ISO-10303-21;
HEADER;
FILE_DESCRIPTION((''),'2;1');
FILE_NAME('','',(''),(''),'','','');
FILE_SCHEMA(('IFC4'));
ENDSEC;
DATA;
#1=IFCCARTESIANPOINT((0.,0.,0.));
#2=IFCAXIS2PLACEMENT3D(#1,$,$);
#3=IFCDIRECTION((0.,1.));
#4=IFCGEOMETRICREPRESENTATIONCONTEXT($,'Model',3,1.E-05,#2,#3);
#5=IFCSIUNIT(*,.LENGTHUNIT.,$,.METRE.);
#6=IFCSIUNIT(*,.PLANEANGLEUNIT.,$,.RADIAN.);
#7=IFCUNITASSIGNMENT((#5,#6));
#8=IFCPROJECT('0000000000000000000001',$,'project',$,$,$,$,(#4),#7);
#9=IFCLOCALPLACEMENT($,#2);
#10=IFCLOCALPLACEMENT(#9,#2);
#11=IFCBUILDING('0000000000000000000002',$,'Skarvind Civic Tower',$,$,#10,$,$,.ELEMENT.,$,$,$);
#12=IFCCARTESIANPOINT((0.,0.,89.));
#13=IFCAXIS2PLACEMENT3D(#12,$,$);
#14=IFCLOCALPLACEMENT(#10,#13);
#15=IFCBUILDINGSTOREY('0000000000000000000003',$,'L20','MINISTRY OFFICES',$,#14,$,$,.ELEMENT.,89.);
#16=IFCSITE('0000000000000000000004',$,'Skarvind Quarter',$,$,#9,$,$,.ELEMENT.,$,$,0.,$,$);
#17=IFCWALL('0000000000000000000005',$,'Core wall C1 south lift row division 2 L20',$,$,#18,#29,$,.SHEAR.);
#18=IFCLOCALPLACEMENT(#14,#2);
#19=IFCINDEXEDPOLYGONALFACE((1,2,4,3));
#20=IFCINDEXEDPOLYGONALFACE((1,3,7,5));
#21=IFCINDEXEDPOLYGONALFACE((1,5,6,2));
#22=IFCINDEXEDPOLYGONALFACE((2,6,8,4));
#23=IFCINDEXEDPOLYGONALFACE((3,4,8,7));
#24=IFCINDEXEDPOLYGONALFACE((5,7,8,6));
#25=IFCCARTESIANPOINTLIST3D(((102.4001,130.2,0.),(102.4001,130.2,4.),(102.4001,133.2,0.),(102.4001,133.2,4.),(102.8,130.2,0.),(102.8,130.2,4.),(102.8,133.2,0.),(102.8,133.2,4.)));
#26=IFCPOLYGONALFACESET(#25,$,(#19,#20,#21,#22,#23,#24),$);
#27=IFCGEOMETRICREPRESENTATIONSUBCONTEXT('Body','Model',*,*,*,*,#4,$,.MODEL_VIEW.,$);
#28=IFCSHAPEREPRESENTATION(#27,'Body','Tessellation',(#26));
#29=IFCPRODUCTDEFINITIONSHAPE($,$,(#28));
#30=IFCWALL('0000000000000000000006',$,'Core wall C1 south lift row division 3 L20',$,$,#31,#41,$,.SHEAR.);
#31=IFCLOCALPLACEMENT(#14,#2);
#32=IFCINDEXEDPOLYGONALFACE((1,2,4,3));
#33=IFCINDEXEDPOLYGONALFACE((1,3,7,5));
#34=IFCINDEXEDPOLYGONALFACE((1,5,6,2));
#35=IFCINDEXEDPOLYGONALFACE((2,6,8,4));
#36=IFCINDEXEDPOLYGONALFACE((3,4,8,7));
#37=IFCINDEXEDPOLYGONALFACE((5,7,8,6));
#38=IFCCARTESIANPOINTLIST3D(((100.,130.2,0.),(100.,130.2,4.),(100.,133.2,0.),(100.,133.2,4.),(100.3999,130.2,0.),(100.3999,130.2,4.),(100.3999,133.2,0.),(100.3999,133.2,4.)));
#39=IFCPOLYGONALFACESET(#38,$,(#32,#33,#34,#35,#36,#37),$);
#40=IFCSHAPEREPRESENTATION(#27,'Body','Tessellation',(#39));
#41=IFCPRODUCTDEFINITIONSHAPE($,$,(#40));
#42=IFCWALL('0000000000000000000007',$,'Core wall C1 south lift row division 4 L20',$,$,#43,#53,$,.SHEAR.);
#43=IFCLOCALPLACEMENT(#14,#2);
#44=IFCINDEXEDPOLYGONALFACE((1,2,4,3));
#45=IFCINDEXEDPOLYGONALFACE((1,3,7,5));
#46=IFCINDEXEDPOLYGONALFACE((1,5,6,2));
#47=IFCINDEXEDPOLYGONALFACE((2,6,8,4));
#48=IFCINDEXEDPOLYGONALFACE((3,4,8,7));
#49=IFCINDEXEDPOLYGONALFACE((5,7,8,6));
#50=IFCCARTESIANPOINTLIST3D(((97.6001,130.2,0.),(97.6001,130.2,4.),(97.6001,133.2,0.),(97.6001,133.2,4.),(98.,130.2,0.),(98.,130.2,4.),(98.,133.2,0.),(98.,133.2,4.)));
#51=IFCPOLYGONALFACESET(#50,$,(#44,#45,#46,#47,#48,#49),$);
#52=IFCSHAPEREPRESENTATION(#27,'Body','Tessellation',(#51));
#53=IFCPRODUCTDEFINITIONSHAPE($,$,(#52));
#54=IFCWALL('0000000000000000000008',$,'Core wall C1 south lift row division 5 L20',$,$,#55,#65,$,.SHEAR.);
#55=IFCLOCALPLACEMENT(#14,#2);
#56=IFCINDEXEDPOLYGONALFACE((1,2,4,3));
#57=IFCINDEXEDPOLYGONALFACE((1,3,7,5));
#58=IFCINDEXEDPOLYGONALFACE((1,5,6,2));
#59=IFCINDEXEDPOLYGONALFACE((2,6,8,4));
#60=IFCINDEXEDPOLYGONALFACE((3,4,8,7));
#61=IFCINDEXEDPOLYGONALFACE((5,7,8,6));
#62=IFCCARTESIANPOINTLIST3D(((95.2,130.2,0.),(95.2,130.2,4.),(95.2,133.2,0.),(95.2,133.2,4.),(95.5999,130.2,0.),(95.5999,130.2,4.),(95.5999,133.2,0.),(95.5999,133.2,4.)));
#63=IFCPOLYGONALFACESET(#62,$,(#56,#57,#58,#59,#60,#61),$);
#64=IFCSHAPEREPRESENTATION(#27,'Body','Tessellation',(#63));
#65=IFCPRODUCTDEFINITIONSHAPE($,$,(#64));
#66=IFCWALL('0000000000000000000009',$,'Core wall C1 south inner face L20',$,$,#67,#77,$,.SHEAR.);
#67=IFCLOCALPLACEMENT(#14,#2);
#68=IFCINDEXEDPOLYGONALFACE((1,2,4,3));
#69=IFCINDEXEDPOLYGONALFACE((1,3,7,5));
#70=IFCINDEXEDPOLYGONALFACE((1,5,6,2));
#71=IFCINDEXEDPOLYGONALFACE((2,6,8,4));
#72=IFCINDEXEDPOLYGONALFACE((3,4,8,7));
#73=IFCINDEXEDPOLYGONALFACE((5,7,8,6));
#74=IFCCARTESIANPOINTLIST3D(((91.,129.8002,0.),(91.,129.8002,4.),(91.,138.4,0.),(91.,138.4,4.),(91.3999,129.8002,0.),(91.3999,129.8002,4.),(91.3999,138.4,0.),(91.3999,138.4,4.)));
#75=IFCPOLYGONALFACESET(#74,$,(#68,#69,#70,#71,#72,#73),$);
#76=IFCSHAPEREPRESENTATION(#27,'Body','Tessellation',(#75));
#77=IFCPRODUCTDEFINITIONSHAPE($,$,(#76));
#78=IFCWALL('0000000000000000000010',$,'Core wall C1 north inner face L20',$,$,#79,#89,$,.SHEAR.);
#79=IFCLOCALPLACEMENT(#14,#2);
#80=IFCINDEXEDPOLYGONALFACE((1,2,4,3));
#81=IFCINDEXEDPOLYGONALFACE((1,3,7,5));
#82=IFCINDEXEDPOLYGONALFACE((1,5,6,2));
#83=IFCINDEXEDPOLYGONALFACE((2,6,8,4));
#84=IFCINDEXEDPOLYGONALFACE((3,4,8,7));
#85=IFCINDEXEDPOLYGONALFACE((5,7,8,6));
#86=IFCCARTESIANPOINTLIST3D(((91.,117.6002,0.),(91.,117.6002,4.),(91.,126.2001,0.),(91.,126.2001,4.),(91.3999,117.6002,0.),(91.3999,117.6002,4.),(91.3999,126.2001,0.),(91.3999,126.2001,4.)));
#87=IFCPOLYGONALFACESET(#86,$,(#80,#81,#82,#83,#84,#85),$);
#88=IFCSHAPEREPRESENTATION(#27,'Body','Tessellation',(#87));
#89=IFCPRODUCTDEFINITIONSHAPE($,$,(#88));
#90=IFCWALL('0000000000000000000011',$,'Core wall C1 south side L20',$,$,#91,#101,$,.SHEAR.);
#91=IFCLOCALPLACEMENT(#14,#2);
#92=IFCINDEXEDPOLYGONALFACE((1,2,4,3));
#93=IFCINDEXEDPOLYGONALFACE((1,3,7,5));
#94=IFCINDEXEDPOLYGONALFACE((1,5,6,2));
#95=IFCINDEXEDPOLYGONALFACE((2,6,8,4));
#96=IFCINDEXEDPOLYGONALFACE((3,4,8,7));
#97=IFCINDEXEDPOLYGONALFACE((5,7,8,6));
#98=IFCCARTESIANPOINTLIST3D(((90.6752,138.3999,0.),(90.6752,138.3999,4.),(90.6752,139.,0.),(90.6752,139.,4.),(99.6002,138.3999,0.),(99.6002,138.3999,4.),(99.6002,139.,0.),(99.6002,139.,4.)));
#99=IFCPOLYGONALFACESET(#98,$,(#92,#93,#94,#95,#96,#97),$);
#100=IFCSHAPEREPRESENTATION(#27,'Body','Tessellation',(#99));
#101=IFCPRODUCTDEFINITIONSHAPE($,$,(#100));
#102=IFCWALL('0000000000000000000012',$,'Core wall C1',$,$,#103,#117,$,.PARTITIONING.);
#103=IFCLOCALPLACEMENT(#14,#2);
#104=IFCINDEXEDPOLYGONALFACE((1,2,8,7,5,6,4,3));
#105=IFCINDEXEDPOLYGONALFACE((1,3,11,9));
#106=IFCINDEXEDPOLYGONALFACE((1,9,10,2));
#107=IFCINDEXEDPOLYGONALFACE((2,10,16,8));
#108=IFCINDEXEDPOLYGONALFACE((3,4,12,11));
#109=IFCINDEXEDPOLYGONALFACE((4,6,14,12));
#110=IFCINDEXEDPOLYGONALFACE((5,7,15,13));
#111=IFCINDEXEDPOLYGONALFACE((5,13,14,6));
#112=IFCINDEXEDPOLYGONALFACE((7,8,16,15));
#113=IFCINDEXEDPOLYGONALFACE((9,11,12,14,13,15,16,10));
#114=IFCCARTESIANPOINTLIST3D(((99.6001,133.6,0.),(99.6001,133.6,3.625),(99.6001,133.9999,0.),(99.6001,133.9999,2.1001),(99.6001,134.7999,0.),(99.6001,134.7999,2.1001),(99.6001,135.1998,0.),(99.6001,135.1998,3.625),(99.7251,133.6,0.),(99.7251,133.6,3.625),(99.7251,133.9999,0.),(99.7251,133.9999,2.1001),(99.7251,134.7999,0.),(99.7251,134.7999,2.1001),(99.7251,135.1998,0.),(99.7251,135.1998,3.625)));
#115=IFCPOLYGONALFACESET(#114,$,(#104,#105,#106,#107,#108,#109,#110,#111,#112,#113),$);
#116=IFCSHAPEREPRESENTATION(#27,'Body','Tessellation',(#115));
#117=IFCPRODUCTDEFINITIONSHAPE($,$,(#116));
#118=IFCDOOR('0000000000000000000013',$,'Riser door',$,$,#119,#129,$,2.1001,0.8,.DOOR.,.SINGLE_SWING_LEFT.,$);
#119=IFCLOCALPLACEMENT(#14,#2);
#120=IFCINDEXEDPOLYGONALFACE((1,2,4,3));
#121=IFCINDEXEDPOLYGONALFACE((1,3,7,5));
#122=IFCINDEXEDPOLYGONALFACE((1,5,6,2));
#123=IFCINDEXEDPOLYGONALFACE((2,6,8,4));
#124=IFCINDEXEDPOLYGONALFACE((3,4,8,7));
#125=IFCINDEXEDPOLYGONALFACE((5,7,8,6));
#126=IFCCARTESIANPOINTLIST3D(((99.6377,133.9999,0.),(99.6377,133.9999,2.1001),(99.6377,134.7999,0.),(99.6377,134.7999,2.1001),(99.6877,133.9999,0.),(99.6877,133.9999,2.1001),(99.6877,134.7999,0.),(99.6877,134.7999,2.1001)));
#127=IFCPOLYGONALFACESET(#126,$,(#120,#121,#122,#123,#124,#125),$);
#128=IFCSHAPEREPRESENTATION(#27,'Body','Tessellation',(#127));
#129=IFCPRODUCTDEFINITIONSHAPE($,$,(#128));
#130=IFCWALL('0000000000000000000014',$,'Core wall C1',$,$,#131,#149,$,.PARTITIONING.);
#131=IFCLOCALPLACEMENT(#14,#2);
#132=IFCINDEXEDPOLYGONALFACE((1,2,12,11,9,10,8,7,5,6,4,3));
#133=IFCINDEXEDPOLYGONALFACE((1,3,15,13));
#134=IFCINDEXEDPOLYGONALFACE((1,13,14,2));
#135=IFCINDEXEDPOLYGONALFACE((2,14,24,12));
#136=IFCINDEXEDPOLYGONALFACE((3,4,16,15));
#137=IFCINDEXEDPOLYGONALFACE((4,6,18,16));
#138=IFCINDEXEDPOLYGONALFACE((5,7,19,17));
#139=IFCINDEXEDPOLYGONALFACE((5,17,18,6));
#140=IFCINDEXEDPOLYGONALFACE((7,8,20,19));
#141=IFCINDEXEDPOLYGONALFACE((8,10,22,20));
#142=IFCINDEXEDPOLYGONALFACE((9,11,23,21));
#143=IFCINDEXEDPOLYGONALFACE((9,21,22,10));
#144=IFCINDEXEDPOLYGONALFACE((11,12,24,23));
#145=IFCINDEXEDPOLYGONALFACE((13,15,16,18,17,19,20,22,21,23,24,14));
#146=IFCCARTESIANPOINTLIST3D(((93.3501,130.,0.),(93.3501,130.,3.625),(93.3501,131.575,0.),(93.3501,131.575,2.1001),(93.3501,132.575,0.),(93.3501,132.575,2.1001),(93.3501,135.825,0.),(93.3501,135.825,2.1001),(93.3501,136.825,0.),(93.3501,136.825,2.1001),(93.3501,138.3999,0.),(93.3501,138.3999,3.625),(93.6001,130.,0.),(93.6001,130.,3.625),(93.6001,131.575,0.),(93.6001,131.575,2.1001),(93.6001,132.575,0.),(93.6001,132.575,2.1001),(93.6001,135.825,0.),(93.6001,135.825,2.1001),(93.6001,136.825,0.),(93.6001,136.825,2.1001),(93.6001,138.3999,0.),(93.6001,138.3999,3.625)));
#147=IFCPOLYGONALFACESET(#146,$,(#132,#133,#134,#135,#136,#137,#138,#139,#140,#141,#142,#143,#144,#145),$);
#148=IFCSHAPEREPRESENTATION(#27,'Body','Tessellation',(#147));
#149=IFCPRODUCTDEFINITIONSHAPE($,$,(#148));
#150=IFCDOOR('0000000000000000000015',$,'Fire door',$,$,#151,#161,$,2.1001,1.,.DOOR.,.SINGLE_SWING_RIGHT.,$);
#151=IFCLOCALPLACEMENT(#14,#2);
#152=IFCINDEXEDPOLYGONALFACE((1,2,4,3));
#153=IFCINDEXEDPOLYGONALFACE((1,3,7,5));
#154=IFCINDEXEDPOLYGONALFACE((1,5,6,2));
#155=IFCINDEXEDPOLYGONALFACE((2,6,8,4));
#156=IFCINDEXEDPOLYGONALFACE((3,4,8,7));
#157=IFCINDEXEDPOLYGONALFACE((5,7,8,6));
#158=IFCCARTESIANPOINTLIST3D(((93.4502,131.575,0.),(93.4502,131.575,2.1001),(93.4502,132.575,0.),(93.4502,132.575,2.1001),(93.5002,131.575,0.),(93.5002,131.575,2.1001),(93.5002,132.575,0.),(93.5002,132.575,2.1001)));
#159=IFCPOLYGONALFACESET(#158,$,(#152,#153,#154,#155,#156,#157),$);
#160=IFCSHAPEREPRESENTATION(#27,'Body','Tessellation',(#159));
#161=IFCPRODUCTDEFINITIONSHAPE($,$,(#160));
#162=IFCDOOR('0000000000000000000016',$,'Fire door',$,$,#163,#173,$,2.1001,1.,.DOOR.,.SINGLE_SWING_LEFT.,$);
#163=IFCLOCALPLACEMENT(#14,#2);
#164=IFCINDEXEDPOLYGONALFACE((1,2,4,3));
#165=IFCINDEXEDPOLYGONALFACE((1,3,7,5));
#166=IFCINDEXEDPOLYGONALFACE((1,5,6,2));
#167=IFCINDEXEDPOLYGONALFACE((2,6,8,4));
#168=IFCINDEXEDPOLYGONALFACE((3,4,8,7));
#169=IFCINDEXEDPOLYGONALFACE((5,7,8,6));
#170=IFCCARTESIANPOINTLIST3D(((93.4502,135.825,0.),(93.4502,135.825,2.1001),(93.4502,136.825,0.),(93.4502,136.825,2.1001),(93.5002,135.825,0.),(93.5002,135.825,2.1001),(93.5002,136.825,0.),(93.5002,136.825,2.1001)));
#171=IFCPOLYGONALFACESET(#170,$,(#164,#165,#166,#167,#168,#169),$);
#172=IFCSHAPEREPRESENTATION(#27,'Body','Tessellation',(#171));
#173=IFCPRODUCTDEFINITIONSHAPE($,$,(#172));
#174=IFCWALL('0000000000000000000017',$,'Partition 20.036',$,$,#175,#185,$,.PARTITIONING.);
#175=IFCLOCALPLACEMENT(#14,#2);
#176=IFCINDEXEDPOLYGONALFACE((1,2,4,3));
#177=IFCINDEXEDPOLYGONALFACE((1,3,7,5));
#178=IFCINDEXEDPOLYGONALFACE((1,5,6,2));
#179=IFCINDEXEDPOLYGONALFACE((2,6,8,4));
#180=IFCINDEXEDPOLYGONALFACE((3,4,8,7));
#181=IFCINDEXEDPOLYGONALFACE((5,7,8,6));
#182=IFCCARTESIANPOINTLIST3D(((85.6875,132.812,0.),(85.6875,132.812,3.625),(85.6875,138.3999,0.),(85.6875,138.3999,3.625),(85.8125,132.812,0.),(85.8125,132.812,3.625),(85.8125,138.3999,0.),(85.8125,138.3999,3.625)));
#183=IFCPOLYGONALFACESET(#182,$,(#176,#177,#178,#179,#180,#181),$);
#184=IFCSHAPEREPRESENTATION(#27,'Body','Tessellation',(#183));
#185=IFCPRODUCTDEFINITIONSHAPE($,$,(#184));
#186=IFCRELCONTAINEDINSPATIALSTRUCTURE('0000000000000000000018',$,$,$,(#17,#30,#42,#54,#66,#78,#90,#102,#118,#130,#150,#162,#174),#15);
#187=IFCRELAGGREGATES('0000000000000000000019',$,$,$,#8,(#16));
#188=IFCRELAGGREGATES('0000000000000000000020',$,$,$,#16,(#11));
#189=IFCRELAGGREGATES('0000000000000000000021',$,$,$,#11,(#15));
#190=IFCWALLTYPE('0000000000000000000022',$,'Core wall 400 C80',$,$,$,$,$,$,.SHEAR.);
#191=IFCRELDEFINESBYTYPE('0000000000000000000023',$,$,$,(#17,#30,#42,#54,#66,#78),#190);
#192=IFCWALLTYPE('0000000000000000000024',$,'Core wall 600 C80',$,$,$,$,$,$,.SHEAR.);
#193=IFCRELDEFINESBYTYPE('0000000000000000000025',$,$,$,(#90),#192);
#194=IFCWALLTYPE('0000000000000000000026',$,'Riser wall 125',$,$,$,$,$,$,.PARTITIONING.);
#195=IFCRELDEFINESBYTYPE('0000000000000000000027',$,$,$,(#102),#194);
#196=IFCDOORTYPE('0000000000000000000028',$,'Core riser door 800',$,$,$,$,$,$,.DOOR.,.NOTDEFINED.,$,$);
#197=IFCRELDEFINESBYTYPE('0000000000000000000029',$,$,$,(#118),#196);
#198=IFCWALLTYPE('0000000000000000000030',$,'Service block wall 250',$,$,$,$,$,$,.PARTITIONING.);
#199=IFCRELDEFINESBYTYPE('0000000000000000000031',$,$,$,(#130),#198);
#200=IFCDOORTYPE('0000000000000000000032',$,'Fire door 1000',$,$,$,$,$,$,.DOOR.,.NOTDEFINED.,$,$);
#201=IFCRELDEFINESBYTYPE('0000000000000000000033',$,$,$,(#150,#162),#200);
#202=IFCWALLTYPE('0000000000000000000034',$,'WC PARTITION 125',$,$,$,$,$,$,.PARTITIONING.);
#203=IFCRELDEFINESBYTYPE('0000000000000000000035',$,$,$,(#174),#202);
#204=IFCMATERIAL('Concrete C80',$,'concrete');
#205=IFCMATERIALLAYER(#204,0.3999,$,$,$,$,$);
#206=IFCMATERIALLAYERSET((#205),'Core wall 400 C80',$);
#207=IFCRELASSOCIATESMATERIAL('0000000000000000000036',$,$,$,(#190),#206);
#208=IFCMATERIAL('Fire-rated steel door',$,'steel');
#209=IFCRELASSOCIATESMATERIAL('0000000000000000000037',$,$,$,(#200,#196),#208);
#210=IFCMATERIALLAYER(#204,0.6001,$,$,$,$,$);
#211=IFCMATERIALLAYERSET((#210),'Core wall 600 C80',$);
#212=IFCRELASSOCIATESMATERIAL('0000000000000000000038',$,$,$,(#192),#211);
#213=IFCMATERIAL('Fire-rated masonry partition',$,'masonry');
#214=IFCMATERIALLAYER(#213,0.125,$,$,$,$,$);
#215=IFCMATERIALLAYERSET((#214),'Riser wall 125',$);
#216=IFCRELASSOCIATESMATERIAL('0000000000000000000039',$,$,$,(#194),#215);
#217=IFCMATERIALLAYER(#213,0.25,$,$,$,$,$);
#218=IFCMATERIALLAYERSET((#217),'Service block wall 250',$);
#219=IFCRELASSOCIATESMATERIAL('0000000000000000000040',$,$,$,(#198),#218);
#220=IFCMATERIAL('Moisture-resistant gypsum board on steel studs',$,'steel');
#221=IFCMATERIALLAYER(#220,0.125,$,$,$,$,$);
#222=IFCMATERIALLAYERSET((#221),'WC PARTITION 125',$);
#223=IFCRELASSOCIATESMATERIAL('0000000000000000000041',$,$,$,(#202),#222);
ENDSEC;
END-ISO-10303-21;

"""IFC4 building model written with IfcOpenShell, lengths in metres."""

from ifc_helpers import new_model, si_unit, direction, frame, frame_2d, origin, place, context, subcontext, project, spatial, rectangle, extrude, material, layer, layer_set, type_object, element, fill, save


model = new_model("IFC4")

# Units and contexts
model_context = context("Model", 3, precision=1e-05, world=origin(), true_north=direction((0.0, 1.0)))
body_context = subcontext(model_context, "Body", "Model", "MODEL_VIEW")
ifc_project = project(units=[si_unit("LENGTHUNIT", "METRE"), si_unit("PLANEANGLEUNIT", "RADIAN")], contexts=[model_context])

# Site, building, storey
site_placement = place(None, origin())
site = spatial("IfcSite", under=ifc_project, at=site_placement, Name="Skarvind Quarter", CompositionType="ELEMENT", RefElevation=0.0)
building_placement = place(site_placement, origin())
building = spatial("IfcBuilding", under=site, at=building_placement, Name="Skarvind Civic Tower", CompositionType="ELEMENT")
storey_placement = place(building_placement, frame((0.0, 0.0, 89.0)))
storey = spatial("IfcBuildingStorey", under=building, at=storey_placement, Name="L20", Description="MINISTRY OFFICES", CompositionType="ELEMENT", Elevation=89.0)

# Shared definitions
ifc_material_1 = material(Name="Concrete C80", Category="concrete")

# Shared definitions
ifc_material_2 = material(Name="Fire-rated masonry partition", Category="masonry")
ifc_material_3 = material(Name="Fire-rated steel door", Category="steel")

# Shared definitions
ifc_layer_1 = layer(ifc_material_1, 0.3999)
ifc_layer_set_1 = layer_set([ifc_layer_1], Name="Core wall 400 C80")
wall_type_1 = type_object("IfcWallType", Name="Core wall 400 C80", PredefinedType="SHEAR", material=ifc_layer_set_1)
door_type_1 = type_object("IfcDoorType", Name="Fire door 1000", OperationType="NOTDEFINED", PredefinedType="DOOR", material=ifc_material_3)

# Walls
for number, where, z_axis, x_axis, name in (
    (1, (102.6001, 133.2, 0.0), (0.0, 0.0, 1.0), (0.0, -1.0, 0.0), "Core wall C1 south lift row division 2 L20"),
    (2, (100.2, 133.2, 0.0), (0.0, 0.0, 1.0), (0.0, -1.0, 0.0), "Core wall C1 south lift row division 3 L20"),
    (3, (97.8, 133.2, 0.0), (0.0, 0.0, 1.0), (0.0, -1.0, 0.0), "Core wall C1 south lift row division 4 L20"),
    (4, (95.3999, 133.2, 0.0), (0.0, 0.0, 1.0), (0.0, -1.0, 0.0), "Core wall C1 south lift row division 5 L20"),
):
    element("IfcWall", number, at=place(storey_placement, frame(where, z_axis=z_axis, x_axis=x_axis)), inside=storey, type_object=wall_type_1, Name=name, PredefinedType="SHEAR", context=body_context, shape_type="SweptSolid", body=[
        extrude(rectangle(XDim=3.0, YDim=0.3999, at=frame_2d((1.5, 0.0))), origin(), (0.0, 0.0, 1.0), 4.0),
    ])
for number, where, z_axis, x_axis, name in (
    (5, (91.2, 138.3999, 0.0), (0.0, 0.0, 1.0), (0.0, -1.0, 0.0), "Core wall C1 south inner face L20"),
    (6, (91.2, 126.2, 0.0), (0.0, 0.0, 1.0), (0.0, -1.0, 0.0), "Core wall C1 north inner face L20"),
):
    element("IfcWall", number, at=place(storey_placement, frame(where, z_axis=z_axis, x_axis=x_axis)), inside=storey, type_object=wall_type_1, Name=name, PredefinedType="SHEAR", context=body_context, shape_type="SweptSolid", body=[
        extrude(rectangle(XDim=8.5999, YDim=0.3999, at=frame_2d((4.2998, 0.0))), origin(), (0.0, 0.0, 1.0), 4.0),
    ])
ifc_layer_2 = layer(ifc_material_1, 0.6001)
ifc_layer_set_2 = layer_set([ifc_layer_2], Name="Core wall 600 C80")
wall_type_2 = type_object("IfcWallType", Name="Core wall 600 C80", PredefinedType="SHEAR", material=ifc_layer_set_2)
wall_1_placement = place(storey_placement, frame((99.6001, 138.7, 0.0), z_axis=(0.0, 0.0, 1.0), x_axis=(-1.0, 0.0, 0.0)))
element("IfcWall", 7, at=wall_1_placement, inside=storey, type_object=wall_type_2, Name="Core wall C1 south side L20", PredefinedType="SHEAR", context=body_context, shape_type="SweptSolid", body=[
    extrude(rectangle(XDim=8.925, YDim=0.6001, at=frame_2d((4.4624, 0.0))), origin(), (0.0, 0.0, 1.0), 4.0),
])

# Wall, opening, door
ifc_layer_3 = layer(ifc_material_2, 0.125)
ifc_layer_set_3 = layer_set([ifc_layer_3], Name="Riser wall 125")
wall_type_3 = type_object("IfcWallType", Name="Riser wall 125", PredefinedType="PARTITIONING", material=ifc_layer_set_3)
wall_2_placement = place(storey_placement, frame((99.6626, 133.6001, 0.0), z_axis=(0.0, 0.0, 1.0), x_axis=(0.0, 1.0, 0.0)))
wall_2 = element("IfcWall", 8, at=wall_2_placement, inside=storey, type_object=wall_type_3, Name="Core wall C1", PredefinedType="PARTITIONING", context=body_context, shape_type="SweptSolid", body=[
    extrude(rectangle(XDim=1.5999, YDim=0.125, at=frame_2d((0.7998, 0.0))), origin(), (0.0, 0.0, 1.0), 3.625),
])
opening_1_placement = place(wall_2_placement, frame((0.3999, 0.0, 0.0)))
opening_1 = element("IfcOpeningElement", 9, at=opening_1_placement, cuts=wall_2, PredefinedType="OPENING", context=body_context, shape_type="SweptSolid", body=[
    extrude(rectangle(XDim=0.8, YDim=2.1001, at=frame_2d((0.3999, 1.05))), frame((0.0, 0.0725, 0.0), z_axis=(0.0, -1.0, 0.0), x_axis=(1.0, 0.0, 0.0)), (0.0, 0.0, 1.0), 0.145),
])
door_type_2 = type_object("IfcDoorType", Name="Core riser door 800", OperationType="NOTDEFINED", PredefinedType="DOOR", material=ifc_material_3)
door_1_placement = place(opening_1_placement, origin())
door_1 = element("IfcDoor", 10, at=door_1_placement, inside=storey, type_object=door_type_2, Name="Riser door", OperationType="SINGLE_SWING_LEFT", OverallHeight=2.1001, OverallWidth=0.8, PredefinedType="DOOR", context=body_context, shape_type="SweptSolid", body=[
    extrude(rectangle(XDim=0.8, YDim=2.1001, at=frame_2d((0.3999, 1.05))), frame((0.0, 0.0249, 0.0), z_axis=(0.0, -1.0, 0.0), x_axis=(1.0, 0.0, 0.0)), (0.0, 0.0, 1.0), 0.05),
])
fill(opening_1, door_1)

# Wall, openings, doors
ifc_layer_4 = layer(ifc_material_2, 0.25)
ifc_layer_set_4 = layer_set([ifc_layer_4], Name="Service block wall 250")
wall_type_4 = type_object("IfcWallType", Name="Service block wall 250", PredefinedType="PARTITIONING", material=ifc_layer_set_4)
wall_3_placement = place(storey_placement, frame((93.4751, 130.0, 0.0), z_axis=(0.0, 0.0, 1.0), x_axis=(0.0, 1.0, 0.0)))
wall_3 = element("IfcWall", 11, at=wall_3_placement, inside=storey, type_object=wall_type_4, Name="Core wall C1", PredefinedType="PARTITIONING", context=body_context, shape_type="SweptSolid", body=[
    extrude(rectangle(XDim=8.3999, YDim=0.25, at=frame_2d((4.2, 0.0))), origin(), (0.0, 0.0, 1.0), 3.625),
])
opening_2_placement = place(wall_3_placement, frame((1.575, 0.0, 0.0)))
opening_2 = element("IfcOpeningElement", 12, at=opening_2_placement, cuts=wall_3, PredefinedType="OPENING", context=body_context, shape_type="SweptSolid", body=[
    extrude(rectangle(XDim=1.0, YDim=2.1001, at=frame_2d((0.5, 1.05))), frame((0.0, 0.135, 0.0), z_axis=(0.0, -1.0, 0.0), x_axis=(1.0, 0.0, 0.0)), (0.0, 0.0, 1.0), 0.27),
])
opening_3_placement = place(wall_3_placement, frame((5.825, 0.0, 0.0)))
opening_3 = element("IfcOpeningElement", 13, at=opening_3_placement, cuts=wall_3, PredefinedType="OPENING", context=body_context, shape_type="SweptSolid", body=[
    extrude(rectangle(XDim=1.0, YDim=2.1001, at=frame_2d((0.5, 1.05))), frame((0.0, 0.135, 0.0), z_axis=(0.0, -1.0, 0.0), x_axis=(1.0, 0.0, 0.0)), (0.0, 0.0, 1.0), 0.27),
])
door_2_placement = place(opening_2_placement, origin())
door_2 = element("IfcDoor", 14, at=door_2_placement, inside=storey, type_object=door_type_1, Name="Fire door", OperationType="SINGLE_SWING_RIGHT", OverallHeight=2.1001, OverallWidth=1.0, PredefinedType="DOOR", context=body_context, shape_type="SweptSolid", body=[
    extrude(rectangle(XDim=1.0, YDim=2.1001, at=frame_2d((0.5, 1.05))), frame((0.0, 0.0249, 0.0), z_axis=(0.0, -1.0, 0.0), x_axis=(1.0, 0.0, 0.0)), (0.0, 0.0, 1.0), 0.05),
])
fill(opening_2, door_2)
door_3_placement = place(opening_3_placement, origin())
door_3 = element("IfcDoor", 15, at=door_3_placement, inside=storey, type_object=door_type_1, Name="Fire door", OperationType="SINGLE_SWING_LEFT", OverallHeight=2.1001, OverallWidth=1.0, PredefinedType="DOOR", context=body_context, shape_type="SweptSolid", body=[
    extrude(rectangle(XDim=1.0, YDim=2.1001, at=frame_2d((0.5, 1.05))), frame((0.0, 0.0249, 0.0), z_axis=(0.0, -1.0, 0.0), x_axis=(1.0, 0.0, 0.0)), (0.0, 0.0, 1.0), 0.05),
])
fill(opening_3, door_3)

# Wall
ifc_material_4 = material(Name="Moisture-resistant gypsum board on steel studs", Category="steel")
ifc_layer_5 = layer(ifc_material_4, 0.125)
ifc_layer_set_5 = layer_set([ifc_layer_5], Name="WC PARTITION 125")
wall_type_5 = type_object("IfcWallType", Name="WC PARTITION 125", PredefinedType="PARTITIONING", material=ifc_layer_set_5)
wall_4_placement = place(storey_placement, frame((85.75, 132.812, 0.0), z_axis=(0.0, 0.0, 1.0), x_axis=(0.0, 1.0, 0.0)))
element("IfcWall", 16, at=wall_4_placement, inside=storey, type_object=wall_type_5, Name="Partition 20.036", PredefinedType="PARTITIONING", context=body_context, shape_type="SweptSolid", body=[
    extrude(rectangle(XDim=5.5879, YDim=0.125, at=frame_2d((2.7939, 0.0))), origin(), (0.0, 0.0, 1.0), 3.625),
])

save(model, "model.ifc")
